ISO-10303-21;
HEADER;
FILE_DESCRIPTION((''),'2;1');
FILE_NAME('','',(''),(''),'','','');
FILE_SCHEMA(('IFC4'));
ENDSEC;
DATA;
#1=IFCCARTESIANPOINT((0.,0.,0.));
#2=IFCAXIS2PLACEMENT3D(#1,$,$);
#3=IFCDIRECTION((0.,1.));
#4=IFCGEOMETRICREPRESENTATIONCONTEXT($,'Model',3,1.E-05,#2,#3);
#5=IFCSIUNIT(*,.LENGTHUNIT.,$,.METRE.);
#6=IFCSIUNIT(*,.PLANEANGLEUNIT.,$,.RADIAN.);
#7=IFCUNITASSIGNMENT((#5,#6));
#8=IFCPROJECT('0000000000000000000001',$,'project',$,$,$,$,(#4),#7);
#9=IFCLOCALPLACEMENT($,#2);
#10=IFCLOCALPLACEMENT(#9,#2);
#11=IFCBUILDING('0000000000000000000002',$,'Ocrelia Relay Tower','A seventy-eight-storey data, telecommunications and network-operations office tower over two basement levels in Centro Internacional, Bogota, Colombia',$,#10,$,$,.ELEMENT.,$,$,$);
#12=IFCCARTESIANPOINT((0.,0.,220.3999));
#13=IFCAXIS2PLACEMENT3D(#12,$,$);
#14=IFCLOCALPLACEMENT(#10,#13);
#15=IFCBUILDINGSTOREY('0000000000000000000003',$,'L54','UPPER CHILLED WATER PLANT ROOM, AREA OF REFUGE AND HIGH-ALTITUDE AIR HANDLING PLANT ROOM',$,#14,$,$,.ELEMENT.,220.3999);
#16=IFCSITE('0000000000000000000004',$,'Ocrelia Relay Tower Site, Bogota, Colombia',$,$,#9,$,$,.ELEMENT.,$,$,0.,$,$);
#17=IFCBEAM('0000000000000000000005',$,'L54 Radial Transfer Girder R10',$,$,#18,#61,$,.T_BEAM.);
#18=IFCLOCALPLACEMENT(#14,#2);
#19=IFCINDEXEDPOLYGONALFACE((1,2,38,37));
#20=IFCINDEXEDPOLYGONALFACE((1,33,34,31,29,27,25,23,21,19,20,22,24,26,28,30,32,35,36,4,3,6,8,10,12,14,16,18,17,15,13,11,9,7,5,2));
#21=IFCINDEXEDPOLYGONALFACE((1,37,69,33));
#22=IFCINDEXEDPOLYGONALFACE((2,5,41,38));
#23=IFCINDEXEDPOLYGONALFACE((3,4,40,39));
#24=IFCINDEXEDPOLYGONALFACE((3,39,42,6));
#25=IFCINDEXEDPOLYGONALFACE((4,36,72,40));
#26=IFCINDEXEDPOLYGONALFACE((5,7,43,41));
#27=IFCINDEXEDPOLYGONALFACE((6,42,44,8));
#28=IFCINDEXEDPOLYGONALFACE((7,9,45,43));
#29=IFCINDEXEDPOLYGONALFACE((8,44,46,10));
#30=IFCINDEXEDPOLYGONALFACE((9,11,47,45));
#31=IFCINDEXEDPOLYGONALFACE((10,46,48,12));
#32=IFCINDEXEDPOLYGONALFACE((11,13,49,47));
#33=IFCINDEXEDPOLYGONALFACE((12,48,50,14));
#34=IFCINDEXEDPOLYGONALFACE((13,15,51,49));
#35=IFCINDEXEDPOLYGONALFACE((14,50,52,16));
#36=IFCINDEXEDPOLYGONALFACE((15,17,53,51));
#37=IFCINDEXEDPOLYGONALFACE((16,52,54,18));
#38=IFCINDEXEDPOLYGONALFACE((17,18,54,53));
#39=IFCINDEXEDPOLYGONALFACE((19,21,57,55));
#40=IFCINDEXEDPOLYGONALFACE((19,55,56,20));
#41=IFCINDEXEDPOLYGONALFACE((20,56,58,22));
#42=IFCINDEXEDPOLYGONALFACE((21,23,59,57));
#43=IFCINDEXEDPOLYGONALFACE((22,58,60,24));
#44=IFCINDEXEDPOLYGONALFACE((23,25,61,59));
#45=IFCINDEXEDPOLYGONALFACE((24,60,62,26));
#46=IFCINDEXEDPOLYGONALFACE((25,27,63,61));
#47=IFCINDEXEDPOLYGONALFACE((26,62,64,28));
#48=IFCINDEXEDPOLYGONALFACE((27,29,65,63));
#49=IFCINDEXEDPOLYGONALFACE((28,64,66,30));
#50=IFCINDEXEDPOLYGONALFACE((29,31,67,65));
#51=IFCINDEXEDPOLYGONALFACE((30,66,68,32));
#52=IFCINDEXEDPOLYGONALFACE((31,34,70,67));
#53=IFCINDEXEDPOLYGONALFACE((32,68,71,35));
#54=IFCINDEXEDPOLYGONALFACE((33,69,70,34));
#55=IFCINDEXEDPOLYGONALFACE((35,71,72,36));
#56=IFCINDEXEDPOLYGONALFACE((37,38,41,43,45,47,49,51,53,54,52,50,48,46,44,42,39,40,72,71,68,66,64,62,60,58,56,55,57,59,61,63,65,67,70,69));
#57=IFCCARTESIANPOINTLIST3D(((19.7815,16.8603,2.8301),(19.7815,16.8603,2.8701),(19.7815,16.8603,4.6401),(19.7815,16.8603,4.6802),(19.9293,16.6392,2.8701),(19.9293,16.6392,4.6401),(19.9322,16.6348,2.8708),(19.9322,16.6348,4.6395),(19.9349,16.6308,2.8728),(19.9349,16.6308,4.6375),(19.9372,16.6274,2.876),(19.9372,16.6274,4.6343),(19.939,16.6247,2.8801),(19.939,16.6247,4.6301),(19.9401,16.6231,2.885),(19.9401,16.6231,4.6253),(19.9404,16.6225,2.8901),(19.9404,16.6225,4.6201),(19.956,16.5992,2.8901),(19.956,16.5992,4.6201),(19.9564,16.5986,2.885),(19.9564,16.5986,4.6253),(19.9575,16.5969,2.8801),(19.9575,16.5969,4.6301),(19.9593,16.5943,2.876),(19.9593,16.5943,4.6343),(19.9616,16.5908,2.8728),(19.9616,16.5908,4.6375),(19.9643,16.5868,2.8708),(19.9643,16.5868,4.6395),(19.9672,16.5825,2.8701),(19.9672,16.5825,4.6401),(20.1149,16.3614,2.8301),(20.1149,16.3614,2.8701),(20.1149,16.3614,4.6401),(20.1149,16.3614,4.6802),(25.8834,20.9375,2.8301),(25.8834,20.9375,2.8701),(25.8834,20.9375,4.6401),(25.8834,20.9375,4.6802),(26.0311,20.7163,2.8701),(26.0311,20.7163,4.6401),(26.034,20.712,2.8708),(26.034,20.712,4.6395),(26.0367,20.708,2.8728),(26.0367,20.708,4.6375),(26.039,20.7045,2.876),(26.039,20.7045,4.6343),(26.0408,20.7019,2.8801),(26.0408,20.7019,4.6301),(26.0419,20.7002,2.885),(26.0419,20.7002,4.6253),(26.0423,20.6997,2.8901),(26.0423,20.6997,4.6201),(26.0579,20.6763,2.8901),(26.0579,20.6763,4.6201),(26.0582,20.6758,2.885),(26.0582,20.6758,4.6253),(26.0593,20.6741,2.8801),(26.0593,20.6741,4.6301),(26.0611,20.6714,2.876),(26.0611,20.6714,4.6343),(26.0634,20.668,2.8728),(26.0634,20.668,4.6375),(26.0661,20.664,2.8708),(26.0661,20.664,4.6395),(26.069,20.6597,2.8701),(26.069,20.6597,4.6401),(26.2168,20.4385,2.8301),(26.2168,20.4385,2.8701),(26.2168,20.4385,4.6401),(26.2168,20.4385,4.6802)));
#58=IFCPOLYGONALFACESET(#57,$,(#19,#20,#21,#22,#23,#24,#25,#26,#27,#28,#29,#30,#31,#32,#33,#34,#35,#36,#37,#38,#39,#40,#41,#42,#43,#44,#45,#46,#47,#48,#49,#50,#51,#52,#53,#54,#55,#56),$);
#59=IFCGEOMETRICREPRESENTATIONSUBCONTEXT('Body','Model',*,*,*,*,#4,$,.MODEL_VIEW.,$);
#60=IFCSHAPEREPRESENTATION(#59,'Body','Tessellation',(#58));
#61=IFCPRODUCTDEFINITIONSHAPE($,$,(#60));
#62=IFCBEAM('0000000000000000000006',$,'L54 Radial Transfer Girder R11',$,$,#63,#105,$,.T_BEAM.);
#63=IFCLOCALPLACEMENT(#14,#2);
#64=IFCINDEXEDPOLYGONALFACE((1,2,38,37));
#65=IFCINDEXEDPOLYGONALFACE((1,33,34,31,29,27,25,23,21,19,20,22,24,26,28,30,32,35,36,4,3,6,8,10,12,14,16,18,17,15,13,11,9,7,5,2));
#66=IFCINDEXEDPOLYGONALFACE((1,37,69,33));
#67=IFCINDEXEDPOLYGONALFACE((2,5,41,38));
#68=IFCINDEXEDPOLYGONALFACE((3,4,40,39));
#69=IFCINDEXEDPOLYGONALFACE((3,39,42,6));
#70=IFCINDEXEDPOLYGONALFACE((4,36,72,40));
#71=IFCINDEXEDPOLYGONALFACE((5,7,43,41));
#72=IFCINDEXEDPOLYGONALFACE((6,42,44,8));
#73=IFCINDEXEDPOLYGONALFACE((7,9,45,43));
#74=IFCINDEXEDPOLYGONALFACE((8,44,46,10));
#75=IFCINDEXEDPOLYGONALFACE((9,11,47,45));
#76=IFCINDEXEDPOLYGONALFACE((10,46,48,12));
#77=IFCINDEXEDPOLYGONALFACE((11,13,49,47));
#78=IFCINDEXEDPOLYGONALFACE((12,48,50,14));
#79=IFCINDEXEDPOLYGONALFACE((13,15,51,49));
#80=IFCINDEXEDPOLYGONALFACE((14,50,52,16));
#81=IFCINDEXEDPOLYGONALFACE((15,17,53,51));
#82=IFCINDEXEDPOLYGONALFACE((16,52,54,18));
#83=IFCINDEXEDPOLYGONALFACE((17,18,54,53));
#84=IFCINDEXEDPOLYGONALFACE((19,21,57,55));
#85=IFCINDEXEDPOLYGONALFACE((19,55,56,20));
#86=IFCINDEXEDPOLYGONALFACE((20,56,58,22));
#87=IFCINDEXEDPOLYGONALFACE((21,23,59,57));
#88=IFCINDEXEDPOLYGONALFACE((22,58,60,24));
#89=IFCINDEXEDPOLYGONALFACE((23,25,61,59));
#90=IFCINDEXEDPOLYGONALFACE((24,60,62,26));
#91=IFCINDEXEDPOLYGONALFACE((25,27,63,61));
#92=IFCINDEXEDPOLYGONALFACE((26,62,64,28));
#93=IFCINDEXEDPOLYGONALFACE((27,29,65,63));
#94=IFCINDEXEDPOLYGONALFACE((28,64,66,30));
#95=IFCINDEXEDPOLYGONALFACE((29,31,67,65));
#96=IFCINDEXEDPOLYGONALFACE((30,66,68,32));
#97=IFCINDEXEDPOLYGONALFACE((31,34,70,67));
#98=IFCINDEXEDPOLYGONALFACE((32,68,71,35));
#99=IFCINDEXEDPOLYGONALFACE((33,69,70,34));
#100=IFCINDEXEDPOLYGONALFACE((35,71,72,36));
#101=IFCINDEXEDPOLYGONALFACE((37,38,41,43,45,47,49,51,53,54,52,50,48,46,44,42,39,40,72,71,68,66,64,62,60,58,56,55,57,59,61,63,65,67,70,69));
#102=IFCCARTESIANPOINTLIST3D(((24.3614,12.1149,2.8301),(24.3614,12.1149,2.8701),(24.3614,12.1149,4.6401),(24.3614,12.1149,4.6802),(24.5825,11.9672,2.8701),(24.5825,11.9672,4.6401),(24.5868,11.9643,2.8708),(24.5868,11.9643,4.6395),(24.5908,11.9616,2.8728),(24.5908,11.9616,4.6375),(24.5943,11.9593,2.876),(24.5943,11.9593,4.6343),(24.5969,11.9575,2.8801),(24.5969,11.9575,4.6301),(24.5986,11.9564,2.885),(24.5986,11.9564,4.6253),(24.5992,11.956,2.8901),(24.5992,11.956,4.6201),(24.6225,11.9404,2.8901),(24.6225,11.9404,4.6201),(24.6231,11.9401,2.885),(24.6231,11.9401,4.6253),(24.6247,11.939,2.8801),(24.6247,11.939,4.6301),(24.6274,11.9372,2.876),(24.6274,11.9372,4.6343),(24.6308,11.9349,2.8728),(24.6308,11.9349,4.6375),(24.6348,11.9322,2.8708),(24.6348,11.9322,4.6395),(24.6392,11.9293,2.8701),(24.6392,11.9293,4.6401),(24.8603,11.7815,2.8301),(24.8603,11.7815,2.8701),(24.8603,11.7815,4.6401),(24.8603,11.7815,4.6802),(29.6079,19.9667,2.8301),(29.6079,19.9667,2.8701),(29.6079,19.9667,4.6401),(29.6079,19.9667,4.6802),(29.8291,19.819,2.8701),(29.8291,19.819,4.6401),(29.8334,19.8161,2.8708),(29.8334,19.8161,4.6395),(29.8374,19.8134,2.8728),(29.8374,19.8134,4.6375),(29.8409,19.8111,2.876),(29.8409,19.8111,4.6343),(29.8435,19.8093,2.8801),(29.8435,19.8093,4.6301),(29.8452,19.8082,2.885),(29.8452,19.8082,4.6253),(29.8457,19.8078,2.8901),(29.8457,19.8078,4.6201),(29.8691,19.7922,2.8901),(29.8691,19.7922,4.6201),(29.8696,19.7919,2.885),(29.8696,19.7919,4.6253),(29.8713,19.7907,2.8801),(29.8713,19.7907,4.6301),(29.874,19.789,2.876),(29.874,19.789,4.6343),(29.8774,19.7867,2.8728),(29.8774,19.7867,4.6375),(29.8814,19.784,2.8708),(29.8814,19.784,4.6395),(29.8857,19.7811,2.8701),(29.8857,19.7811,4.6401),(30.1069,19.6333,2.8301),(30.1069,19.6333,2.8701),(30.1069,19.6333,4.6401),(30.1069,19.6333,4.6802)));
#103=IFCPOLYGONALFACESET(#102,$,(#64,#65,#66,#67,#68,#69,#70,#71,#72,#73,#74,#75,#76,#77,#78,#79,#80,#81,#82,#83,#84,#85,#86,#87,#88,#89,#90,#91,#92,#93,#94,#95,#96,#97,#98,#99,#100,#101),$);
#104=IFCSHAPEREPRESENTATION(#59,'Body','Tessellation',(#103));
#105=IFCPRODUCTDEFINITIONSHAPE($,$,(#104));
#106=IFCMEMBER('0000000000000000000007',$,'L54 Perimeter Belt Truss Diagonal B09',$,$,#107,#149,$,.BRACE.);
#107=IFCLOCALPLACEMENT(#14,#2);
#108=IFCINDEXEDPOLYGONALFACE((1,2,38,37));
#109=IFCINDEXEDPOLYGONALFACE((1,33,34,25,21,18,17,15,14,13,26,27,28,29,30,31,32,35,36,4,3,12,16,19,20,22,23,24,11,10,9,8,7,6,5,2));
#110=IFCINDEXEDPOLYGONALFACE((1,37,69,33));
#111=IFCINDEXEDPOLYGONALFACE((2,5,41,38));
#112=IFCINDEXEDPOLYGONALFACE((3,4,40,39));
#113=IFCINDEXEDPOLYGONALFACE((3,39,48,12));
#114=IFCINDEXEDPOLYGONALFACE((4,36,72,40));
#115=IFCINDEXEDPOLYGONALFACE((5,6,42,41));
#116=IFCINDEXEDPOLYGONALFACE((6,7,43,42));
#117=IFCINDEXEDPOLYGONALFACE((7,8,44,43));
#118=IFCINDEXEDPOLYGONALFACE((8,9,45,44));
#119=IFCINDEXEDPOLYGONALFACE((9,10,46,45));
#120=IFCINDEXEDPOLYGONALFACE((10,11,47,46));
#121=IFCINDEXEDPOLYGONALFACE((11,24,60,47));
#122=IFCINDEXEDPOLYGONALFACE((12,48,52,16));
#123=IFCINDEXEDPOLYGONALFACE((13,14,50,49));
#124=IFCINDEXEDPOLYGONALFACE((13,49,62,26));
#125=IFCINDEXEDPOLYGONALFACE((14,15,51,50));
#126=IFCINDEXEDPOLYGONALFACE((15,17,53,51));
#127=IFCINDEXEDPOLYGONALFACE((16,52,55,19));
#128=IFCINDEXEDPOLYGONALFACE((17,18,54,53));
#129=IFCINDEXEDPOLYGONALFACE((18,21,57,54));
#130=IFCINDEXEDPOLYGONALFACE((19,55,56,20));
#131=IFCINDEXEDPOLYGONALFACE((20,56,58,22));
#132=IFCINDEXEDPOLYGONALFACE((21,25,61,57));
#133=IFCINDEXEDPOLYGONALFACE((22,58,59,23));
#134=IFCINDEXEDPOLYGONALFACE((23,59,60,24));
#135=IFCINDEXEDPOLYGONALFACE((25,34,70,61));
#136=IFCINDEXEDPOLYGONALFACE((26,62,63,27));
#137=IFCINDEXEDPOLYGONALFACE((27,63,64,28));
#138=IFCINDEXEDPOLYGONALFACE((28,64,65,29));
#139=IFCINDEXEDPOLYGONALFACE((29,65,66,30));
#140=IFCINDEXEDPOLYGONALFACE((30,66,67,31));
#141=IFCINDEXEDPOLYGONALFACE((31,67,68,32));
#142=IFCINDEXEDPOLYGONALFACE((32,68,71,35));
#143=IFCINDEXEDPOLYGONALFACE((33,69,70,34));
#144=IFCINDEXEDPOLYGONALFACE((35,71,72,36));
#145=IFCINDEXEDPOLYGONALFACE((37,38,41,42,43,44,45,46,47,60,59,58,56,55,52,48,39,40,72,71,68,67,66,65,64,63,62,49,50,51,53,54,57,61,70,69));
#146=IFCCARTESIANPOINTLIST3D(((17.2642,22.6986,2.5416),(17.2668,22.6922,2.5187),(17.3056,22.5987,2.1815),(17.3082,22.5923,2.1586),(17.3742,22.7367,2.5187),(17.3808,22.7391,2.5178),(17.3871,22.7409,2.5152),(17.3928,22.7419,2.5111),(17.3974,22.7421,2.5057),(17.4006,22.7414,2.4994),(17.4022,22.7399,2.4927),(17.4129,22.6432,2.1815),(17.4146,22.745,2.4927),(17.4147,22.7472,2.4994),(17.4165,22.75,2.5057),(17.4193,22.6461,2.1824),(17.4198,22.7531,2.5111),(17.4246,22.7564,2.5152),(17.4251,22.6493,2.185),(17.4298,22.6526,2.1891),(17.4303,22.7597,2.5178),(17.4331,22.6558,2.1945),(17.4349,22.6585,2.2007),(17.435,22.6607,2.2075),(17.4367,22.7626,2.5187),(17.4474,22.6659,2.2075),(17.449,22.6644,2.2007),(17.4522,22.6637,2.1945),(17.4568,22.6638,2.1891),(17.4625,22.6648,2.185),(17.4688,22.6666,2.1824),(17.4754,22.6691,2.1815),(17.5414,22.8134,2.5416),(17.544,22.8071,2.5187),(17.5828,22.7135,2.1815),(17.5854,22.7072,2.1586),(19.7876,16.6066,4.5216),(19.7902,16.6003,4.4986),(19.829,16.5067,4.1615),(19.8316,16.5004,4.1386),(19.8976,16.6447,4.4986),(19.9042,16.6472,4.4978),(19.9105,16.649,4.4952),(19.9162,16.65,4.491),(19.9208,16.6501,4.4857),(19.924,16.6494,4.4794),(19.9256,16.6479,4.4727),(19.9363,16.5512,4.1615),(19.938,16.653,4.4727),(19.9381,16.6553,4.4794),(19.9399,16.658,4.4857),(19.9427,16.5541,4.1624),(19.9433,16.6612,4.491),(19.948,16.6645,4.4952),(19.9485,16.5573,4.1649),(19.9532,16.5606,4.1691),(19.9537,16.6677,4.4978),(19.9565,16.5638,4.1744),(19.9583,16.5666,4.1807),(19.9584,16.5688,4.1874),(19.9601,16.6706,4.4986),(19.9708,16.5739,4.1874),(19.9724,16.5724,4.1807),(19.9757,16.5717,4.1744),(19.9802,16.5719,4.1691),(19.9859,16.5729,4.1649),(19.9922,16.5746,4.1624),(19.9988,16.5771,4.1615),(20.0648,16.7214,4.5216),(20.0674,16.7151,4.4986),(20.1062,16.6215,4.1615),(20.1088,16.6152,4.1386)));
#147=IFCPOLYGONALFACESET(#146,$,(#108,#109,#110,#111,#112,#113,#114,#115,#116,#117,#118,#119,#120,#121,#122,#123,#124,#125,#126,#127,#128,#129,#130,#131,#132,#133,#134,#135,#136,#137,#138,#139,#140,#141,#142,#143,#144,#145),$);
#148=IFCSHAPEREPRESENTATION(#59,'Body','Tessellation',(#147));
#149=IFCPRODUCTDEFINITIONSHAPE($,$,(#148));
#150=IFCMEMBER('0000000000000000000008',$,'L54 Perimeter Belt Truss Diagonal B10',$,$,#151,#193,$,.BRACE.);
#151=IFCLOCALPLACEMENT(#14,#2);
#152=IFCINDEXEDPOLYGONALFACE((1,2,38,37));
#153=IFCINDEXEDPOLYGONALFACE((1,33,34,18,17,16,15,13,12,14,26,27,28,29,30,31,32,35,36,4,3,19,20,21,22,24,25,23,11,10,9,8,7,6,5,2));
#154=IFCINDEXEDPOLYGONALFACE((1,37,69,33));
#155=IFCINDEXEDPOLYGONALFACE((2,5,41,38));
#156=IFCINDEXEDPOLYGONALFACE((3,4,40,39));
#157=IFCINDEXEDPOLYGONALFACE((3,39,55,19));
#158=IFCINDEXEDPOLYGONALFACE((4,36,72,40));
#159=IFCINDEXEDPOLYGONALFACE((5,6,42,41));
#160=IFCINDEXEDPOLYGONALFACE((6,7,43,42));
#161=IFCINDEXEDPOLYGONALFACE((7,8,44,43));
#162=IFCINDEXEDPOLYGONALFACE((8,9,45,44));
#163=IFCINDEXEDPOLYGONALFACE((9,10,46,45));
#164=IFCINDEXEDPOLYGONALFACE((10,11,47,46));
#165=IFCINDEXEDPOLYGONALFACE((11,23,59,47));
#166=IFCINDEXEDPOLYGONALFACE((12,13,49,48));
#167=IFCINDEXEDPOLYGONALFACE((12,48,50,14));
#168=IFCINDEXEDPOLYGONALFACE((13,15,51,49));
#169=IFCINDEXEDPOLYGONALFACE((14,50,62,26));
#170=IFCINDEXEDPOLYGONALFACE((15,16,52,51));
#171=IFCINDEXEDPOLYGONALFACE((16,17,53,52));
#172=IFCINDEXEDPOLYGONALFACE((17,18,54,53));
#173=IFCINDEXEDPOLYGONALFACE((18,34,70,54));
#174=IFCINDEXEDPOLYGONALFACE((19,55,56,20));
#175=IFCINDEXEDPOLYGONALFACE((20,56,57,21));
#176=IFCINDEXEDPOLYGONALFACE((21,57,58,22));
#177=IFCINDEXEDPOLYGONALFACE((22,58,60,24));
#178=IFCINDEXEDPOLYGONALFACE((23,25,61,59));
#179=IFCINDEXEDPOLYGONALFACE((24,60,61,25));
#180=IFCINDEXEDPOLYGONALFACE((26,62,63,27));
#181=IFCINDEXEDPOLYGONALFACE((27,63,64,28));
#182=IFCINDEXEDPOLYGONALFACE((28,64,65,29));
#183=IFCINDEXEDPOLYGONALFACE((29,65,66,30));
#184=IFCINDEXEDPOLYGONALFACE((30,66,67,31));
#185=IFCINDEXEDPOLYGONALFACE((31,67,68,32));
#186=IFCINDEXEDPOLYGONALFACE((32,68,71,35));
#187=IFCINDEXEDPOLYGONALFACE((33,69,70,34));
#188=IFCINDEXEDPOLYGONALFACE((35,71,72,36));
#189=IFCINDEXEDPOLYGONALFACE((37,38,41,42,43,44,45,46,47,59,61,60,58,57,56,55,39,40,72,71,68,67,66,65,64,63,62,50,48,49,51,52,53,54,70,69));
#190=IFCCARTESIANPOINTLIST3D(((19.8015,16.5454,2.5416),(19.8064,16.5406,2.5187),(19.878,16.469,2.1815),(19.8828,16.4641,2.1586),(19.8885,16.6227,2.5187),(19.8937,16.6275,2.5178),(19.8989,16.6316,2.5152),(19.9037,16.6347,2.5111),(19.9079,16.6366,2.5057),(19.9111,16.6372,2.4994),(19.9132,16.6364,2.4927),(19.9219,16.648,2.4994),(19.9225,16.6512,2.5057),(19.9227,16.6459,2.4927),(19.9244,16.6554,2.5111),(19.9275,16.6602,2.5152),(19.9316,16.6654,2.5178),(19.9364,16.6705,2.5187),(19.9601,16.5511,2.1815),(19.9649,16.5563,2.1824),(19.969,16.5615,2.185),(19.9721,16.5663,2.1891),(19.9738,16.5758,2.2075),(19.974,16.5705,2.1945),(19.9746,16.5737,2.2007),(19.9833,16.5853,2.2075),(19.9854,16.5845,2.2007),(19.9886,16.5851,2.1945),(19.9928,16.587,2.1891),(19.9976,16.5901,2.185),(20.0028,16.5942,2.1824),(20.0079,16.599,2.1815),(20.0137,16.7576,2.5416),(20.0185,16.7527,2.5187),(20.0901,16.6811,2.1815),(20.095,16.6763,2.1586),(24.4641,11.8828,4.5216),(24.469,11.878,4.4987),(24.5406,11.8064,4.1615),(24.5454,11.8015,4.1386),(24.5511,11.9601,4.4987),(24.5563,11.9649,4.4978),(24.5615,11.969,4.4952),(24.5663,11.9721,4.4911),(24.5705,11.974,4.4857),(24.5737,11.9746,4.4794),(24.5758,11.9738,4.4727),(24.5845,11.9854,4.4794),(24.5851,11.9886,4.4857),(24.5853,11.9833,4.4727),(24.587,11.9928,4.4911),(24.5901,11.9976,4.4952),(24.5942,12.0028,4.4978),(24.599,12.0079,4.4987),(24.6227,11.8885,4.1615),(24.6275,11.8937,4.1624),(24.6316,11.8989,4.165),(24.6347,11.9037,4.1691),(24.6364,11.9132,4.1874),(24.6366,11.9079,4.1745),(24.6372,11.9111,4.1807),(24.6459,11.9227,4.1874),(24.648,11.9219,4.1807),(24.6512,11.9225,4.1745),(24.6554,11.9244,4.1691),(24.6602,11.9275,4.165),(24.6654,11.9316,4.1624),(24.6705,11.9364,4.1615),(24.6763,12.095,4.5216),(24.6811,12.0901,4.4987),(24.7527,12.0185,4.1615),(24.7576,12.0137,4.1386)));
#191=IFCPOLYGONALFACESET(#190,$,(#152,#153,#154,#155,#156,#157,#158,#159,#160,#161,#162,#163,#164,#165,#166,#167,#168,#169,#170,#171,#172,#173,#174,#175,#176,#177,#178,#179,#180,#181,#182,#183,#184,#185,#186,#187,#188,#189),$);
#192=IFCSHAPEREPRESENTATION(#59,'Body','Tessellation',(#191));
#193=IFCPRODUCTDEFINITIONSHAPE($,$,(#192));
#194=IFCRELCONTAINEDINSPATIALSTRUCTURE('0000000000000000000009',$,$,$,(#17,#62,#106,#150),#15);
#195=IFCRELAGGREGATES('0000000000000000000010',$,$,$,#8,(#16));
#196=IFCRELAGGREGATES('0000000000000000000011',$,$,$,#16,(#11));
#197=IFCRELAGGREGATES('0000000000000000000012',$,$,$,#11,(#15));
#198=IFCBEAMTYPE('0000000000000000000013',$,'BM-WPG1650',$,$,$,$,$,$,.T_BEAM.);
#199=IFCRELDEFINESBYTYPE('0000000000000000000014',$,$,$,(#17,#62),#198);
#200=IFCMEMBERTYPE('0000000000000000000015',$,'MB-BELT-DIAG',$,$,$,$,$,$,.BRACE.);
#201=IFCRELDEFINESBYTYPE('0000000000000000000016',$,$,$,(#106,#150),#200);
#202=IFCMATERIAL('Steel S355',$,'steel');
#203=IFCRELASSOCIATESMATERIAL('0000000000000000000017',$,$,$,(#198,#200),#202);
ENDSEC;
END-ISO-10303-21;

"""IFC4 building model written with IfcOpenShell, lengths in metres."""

from ifc_helpers import new_model, si_unit, direction, frame, origin, origin_2d, place, context, subcontext, project, spatial, i_section, extrude, material, material_profile, profile_set, type_object, element, save


model = new_model("IFC4")

# Units and contexts
model_context = context("Model", 3, precision=1e-05, world=origin(), true_north=direction((0.0, 1.0)))
body_context = subcontext(model_context, "Body", "Model", "MODEL_VIEW")
ifc_project = project(units=[si_unit("LENGTHUNIT", "METRE"), si_unit("PLANEANGLEUNIT", "RADIAN")], contexts=[model_context])

# Site, building, storey
site_placement = place(None, origin())
site = spatial("IfcSite", under=ifc_project, at=site_placement, Name="Ocrelia Relay Tower Site, Bogota, Colombia", CompositionType="ELEMENT", RefElevation=0.0)
building_placement = place(site_placement, origin())
building = spatial("IfcBuilding", under=site, at=building_placement, Name="Ocrelia Relay Tower", Description="A seventy-eight-storey data, telecommunications and network-operations office tower over two basement levels in Centro Internacional, Bogota, Colombia", CompositionType="ELEMENT")
storey_placement = place(building_placement, frame((0.0, 0.0, 220.3999)))
storey = spatial("IfcBuildingStorey", under=building, at=storey_placement, Name="L54", Description="UPPER CHILLED WATER PLANT ROOM, AREA OF REFUGE AND HIGH-ALTITUDE AIR HANDLING PLANT ROOM", CompositionType="ELEMENT", Elevation=220.3999)

# Beams
ifc_material_1 = material(Name="Steel S355", Category="steel")
ifc_material_profile_1 = material_profile(ifc_material_1, i_section(OverallWidth=0.6001, OverallDepth=1.8501, WebThickness=0.0281, FlangeThickness=0.04, FilletRadius=0.02, at=origin_2d()), Name="WPG 1850x600")
ifc_profile_set_1 = profile_set([ifc_material_profile_1], Name="Steel S355")
beam_type_1 = type_object("IfcBeamType", Name="BM-WPG1650", PredefinedType="T_BEAM", material=ifc_profile_set_1)
beam_1_placement = place(storey_placement, frame((19.9482, 16.6108, 3.7551), z_axis=(0.831466, 0.555575, 0.0), x_axis=(-0.555575, 0.831466, 0.0)))
element("IfcBeam", 1, at=beam_1_placement, inside=storey, type_object=beam_type_1, Name="L54 Radial Transfer Girder R10", PredefinedType="T_BEAM", context=body_context, shape_type="SweptSolid", body=[
    extrude(i_section(OverallWidth=0.6001, OverallDepth=1.8501, WebThickness=0.0281, FlangeThickness=0.04, FilletRadius=0.02, at=origin_2d()), origin(), (0.0, 0.0, 1.0), 7.3386),
])
beam_2_placement = place(storey_placement, frame((24.6108, 11.9482, 3.7551), z_axis=(0.555583, 0.831461, 0.0), x_axis=(-0.831461, 0.555583, 0.0)))
element("IfcBeam", 2, at=beam_2_placement, inside=storey, type_object=beam_type_1, Name="L54 Radial Transfer Girder R11", PredefinedType="T_BEAM", context=body_context, shape_type="SweptSolid", body=[
    extrude(i_section(OverallWidth=0.6001, OverallDepth=1.8501, WebThickness=0.0281, FlangeThickness=0.04, FilletRadius=0.02, at=origin_2d()), origin(), (0.0, 0.0, 1.0), 9.4434),
])

# Members
ifc_material_profile_2 = material_profile(ifc_material_1, i_section(OverallWidth=0.3, OverallDepth=0.3999, WebThickness=0.0134, FlangeThickness=0.0239, FilletRadius=0.0271, at=origin_2d()), Name="HEB 400")
ifc_profile_set_2 = profile_set([ifc_material_profile_2], Name="Steel S355")
member_type = type_object("IfcMemberType", Name="MB-BELT-DIAG", PredefinedType="BRACE", material=ifc_profile_set_2)
for number, where, z_axis, x_axis, name in (
    (3, (17.4248, 22.7029, 2.3501), (0.366521, -0.884849, 0.287586), (0.923878, 0.382688, 0.0), "L54 Perimeter Belt Truss Diagonal B09"),
    (4, (19.9482, 16.6108, 2.3501), (0.677234, -0.677234, 0.287589), (0.707107, 0.707107, 0.0), "L54 Perimeter Belt Truss Diagonal B10"),
):
    element("IfcMember", number, at=place(storey_placement, frame(where, z_axis=z_axis, x_axis=x_axis)), inside=storey, type_object=member_type, Name=name, PredefinedType="BRACE", context=body_context, shape_type="SweptSolid", body=[
        extrude(i_section(OverallWidth=0.3, OverallDepth=0.3999, WebThickness=0.0134, FlangeThickness=0.0239, FilletRadius=0.0271, at=origin_2d()), origin(), (0.0, 0.0, 1.0), 6.8848),
    ])

save(model, "model.ifc")
